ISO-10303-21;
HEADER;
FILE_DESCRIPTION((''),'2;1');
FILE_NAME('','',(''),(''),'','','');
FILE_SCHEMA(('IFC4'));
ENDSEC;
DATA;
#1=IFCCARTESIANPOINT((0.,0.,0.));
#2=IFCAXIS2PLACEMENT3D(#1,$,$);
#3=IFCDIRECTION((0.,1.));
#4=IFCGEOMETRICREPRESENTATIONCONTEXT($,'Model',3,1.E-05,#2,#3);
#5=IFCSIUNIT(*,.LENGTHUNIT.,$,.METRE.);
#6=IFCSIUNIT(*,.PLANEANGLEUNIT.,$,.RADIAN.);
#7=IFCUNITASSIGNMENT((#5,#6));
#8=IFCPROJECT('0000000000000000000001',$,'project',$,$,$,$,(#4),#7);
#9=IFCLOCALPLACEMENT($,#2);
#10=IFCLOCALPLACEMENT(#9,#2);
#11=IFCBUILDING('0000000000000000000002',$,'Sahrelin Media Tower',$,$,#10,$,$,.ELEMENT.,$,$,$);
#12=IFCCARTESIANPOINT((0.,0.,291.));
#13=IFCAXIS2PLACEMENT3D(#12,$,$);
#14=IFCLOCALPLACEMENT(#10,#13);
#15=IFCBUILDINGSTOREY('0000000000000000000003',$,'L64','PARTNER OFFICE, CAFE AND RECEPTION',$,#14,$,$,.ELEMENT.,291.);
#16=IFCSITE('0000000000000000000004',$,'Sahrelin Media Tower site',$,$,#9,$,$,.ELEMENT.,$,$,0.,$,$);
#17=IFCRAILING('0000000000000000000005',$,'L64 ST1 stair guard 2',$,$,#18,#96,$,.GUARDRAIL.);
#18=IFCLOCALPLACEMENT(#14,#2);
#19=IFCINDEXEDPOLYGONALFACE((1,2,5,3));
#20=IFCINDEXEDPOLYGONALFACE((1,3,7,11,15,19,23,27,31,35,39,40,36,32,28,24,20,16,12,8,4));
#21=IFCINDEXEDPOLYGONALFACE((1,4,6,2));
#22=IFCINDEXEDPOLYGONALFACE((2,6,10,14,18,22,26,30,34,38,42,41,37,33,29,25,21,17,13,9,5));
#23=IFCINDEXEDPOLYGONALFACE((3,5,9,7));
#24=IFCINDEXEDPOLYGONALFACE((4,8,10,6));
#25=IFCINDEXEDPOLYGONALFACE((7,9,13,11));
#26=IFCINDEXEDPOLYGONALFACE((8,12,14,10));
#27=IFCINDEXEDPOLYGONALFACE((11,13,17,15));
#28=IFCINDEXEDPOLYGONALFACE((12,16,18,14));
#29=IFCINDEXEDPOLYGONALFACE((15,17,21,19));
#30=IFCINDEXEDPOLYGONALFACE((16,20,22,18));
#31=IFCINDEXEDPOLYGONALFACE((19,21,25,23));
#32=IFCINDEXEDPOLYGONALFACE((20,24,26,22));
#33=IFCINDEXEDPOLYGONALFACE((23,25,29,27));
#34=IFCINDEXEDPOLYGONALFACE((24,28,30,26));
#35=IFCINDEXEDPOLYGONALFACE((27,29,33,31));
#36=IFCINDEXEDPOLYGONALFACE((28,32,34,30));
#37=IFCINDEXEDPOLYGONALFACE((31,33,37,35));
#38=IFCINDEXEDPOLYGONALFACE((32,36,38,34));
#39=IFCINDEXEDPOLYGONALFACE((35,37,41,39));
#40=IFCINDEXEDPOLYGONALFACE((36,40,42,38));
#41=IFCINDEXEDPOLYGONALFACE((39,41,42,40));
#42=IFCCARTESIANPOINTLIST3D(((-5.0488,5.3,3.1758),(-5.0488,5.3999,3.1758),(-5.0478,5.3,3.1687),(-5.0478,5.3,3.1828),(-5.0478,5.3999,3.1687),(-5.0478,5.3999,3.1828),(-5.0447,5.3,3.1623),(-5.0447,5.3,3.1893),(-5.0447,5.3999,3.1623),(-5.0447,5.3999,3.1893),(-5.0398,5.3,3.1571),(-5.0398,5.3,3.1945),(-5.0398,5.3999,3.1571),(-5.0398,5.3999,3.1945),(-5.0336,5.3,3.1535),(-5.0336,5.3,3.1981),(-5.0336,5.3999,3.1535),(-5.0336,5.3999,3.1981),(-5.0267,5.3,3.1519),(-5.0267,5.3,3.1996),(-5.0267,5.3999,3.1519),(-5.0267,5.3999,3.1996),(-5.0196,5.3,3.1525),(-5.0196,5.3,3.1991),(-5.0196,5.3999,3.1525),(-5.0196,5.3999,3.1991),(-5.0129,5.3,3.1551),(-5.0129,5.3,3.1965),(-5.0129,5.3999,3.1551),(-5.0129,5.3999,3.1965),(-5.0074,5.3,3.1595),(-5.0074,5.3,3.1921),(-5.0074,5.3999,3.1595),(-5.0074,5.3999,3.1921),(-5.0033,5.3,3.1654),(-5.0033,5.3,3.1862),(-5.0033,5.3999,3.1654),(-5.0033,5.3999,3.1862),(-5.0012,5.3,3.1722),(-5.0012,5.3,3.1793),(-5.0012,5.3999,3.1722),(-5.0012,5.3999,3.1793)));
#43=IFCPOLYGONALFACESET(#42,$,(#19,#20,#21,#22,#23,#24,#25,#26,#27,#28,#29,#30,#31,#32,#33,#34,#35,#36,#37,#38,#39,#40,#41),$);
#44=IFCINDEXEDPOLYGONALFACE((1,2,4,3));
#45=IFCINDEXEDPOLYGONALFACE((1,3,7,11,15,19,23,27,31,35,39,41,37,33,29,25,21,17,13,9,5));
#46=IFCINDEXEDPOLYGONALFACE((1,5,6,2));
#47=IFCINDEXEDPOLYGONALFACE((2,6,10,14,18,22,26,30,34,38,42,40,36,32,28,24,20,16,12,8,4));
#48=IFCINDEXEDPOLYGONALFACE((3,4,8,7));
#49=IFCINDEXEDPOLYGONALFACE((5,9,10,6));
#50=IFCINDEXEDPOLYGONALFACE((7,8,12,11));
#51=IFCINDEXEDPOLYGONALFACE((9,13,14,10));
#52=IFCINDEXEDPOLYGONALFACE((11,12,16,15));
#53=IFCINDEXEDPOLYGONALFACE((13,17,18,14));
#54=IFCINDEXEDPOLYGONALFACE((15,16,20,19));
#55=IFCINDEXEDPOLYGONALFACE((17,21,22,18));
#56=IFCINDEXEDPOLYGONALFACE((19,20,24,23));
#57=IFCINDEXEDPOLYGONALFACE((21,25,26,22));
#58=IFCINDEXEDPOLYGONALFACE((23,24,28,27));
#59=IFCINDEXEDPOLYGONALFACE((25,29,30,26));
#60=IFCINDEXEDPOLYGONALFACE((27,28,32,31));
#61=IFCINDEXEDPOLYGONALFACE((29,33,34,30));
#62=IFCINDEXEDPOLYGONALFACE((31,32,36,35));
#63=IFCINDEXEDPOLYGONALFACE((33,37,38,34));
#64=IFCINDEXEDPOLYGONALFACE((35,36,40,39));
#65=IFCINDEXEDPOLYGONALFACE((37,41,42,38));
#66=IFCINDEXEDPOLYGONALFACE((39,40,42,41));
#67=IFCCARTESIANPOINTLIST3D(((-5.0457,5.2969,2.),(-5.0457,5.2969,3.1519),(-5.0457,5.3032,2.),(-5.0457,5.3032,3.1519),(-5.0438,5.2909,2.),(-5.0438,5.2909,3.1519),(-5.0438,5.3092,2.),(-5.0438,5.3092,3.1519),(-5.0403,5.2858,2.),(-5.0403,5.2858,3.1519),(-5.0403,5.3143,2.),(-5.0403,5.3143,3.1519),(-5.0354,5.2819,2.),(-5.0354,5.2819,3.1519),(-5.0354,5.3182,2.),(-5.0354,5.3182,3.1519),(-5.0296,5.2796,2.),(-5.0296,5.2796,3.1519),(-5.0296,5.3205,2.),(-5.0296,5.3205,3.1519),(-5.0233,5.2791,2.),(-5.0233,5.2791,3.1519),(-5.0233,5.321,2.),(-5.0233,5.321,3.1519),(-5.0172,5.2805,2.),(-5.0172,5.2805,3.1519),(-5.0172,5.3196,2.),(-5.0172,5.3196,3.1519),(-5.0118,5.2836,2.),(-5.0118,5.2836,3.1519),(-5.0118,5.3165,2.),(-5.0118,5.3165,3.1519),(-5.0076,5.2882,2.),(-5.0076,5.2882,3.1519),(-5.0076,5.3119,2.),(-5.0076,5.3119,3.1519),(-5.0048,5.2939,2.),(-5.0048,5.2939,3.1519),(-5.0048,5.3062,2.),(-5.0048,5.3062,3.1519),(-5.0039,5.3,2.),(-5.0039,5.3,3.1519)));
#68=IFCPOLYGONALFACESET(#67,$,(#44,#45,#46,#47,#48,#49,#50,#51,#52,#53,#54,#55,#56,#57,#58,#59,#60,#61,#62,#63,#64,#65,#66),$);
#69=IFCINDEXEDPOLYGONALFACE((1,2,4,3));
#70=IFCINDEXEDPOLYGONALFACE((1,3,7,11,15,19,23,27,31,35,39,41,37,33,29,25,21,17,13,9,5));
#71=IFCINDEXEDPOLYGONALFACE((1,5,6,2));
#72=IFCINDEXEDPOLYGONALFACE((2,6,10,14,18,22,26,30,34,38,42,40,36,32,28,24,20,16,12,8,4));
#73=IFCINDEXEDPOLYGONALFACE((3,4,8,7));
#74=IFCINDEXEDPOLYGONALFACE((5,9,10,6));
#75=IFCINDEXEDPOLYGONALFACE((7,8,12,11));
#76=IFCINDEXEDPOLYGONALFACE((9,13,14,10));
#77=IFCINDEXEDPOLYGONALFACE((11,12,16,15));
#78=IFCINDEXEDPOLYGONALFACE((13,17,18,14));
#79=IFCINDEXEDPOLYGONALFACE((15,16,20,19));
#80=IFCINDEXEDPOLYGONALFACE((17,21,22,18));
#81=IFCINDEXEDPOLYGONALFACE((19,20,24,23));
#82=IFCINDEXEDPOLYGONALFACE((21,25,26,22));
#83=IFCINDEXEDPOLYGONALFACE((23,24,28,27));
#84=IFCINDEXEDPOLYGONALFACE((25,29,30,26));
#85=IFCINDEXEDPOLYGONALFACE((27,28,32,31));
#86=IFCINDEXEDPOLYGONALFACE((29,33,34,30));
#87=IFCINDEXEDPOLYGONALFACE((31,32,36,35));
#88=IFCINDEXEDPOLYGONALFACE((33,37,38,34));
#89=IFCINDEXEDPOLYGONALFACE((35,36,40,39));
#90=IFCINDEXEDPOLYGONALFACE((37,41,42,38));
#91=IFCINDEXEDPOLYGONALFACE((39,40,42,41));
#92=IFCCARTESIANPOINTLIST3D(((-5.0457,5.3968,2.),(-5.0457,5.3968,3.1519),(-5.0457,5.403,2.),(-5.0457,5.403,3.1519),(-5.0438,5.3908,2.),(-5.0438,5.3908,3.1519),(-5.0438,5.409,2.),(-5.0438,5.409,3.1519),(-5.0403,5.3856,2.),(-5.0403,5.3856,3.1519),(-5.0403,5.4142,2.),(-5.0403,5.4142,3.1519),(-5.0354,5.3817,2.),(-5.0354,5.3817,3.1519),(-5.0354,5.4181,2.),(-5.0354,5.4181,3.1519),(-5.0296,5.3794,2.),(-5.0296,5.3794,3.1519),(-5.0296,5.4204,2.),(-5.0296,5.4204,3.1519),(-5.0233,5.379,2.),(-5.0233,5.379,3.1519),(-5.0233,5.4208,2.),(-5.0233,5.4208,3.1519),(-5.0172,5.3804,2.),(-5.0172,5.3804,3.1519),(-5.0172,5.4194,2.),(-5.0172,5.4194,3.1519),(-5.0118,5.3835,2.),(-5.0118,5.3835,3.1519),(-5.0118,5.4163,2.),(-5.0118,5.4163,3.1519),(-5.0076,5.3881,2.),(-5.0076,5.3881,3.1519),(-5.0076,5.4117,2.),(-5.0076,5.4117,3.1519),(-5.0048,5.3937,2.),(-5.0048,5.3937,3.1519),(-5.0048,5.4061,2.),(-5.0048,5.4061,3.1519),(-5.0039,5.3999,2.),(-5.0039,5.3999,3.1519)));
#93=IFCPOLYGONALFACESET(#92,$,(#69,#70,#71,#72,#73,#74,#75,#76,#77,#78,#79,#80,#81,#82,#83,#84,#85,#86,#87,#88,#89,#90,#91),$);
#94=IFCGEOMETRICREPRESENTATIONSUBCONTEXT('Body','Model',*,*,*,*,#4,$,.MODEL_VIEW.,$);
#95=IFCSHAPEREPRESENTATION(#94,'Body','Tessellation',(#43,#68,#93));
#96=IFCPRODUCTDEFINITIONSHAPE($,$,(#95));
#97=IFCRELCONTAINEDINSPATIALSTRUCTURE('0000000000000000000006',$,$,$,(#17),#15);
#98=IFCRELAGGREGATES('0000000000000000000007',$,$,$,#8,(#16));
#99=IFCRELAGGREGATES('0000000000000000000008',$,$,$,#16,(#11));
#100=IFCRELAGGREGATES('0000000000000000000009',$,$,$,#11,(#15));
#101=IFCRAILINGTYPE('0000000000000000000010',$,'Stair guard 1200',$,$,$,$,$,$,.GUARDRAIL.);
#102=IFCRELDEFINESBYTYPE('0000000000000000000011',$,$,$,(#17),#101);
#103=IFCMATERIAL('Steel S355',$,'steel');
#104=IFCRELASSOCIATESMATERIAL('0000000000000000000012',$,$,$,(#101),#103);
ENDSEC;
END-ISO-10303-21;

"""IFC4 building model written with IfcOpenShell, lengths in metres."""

from ifc_helpers import new_model, si_unit, direction, frame, origin, origin_2d, place, context, subcontext, project, spatial, circle, extrude, material, type_object, element, save


model = new_model("IFC4")

# Units and contexts
model_context = context("Model", 3, precision=1e-05, world=origin(), true_north=direction((0.0, 1.0)))
body_context = subcontext(model_context, "Body", "Model", "MODEL_VIEW")
ifc_project = project(units=[si_unit("LENGTHUNIT", "METRE"), si_unit("PLANEANGLEUNIT", "RADIAN")], contexts=[model_context])

# Site, building, storey
site_placement = place(None, origin())
site = spatial("IfcSite", under=ifc_project, at=site_placement, Name="Sahrelin Media Tower site", CompositionType="ELEMENT", RefElevation=0.0)
building_placement = place(site_placement, origin())
building = spatial("IfcBuilding", under=site, at=building_placement, Name="Sahrelin Media Tower", CompositionType="ELEMENT")
storey_placement = place(building_placement, frame((0.0, 0.0, 291.0)))
storey = spatial("IfcBuildingStorey", under=building, at=storey_placement, Name="L64", Description="PARTNER OFFICE, CAFE AND RECEPTION", CompositionType="ELEMENT", Elevation=291.0)

# Shared definitions
ifc_material_1 = material(Name="Steel S355", Category="steel")

# Railing
railing_type_1 = type_object("IfcRailingType", Name="Stair guard 1200", PredefinedType="GUARDRAIL", material=ifc_material_1)
railing_1_placement = place(storey_placement, frame((-5.0249, 5.3, 2.0)))
element("IfcRailing", 1, at=railing_1_placement, inside=storey, type_object=railing_type_1, Name="L64 ST1 stair guard 2", PredefinedType="GUARDRAIL", context=body_context, shape_type="SweptSolid", body=[
    extrude(circle(Radius=0.0239, at=origin_2d()), frame((0.0, 0.0, 1.1758), z_axis=(0.0, 1.0, 0.0), x_axis=(-1.0, 0.0, 0.0)), (0.0, 0.0, 1.0), 0.0999),
    extrude(circle(Radius=0.021, at=origin_2d()), origin(), (0.0, 0.0, 1.0), 1.1519),
    extrude(circle(Radius=0.021, at=origin_2d()), frame((0.0, 0.0999, 0.0)), (0.0, 0.0, 1.0), 1.1519),
])

save(model, "model.ifc")
